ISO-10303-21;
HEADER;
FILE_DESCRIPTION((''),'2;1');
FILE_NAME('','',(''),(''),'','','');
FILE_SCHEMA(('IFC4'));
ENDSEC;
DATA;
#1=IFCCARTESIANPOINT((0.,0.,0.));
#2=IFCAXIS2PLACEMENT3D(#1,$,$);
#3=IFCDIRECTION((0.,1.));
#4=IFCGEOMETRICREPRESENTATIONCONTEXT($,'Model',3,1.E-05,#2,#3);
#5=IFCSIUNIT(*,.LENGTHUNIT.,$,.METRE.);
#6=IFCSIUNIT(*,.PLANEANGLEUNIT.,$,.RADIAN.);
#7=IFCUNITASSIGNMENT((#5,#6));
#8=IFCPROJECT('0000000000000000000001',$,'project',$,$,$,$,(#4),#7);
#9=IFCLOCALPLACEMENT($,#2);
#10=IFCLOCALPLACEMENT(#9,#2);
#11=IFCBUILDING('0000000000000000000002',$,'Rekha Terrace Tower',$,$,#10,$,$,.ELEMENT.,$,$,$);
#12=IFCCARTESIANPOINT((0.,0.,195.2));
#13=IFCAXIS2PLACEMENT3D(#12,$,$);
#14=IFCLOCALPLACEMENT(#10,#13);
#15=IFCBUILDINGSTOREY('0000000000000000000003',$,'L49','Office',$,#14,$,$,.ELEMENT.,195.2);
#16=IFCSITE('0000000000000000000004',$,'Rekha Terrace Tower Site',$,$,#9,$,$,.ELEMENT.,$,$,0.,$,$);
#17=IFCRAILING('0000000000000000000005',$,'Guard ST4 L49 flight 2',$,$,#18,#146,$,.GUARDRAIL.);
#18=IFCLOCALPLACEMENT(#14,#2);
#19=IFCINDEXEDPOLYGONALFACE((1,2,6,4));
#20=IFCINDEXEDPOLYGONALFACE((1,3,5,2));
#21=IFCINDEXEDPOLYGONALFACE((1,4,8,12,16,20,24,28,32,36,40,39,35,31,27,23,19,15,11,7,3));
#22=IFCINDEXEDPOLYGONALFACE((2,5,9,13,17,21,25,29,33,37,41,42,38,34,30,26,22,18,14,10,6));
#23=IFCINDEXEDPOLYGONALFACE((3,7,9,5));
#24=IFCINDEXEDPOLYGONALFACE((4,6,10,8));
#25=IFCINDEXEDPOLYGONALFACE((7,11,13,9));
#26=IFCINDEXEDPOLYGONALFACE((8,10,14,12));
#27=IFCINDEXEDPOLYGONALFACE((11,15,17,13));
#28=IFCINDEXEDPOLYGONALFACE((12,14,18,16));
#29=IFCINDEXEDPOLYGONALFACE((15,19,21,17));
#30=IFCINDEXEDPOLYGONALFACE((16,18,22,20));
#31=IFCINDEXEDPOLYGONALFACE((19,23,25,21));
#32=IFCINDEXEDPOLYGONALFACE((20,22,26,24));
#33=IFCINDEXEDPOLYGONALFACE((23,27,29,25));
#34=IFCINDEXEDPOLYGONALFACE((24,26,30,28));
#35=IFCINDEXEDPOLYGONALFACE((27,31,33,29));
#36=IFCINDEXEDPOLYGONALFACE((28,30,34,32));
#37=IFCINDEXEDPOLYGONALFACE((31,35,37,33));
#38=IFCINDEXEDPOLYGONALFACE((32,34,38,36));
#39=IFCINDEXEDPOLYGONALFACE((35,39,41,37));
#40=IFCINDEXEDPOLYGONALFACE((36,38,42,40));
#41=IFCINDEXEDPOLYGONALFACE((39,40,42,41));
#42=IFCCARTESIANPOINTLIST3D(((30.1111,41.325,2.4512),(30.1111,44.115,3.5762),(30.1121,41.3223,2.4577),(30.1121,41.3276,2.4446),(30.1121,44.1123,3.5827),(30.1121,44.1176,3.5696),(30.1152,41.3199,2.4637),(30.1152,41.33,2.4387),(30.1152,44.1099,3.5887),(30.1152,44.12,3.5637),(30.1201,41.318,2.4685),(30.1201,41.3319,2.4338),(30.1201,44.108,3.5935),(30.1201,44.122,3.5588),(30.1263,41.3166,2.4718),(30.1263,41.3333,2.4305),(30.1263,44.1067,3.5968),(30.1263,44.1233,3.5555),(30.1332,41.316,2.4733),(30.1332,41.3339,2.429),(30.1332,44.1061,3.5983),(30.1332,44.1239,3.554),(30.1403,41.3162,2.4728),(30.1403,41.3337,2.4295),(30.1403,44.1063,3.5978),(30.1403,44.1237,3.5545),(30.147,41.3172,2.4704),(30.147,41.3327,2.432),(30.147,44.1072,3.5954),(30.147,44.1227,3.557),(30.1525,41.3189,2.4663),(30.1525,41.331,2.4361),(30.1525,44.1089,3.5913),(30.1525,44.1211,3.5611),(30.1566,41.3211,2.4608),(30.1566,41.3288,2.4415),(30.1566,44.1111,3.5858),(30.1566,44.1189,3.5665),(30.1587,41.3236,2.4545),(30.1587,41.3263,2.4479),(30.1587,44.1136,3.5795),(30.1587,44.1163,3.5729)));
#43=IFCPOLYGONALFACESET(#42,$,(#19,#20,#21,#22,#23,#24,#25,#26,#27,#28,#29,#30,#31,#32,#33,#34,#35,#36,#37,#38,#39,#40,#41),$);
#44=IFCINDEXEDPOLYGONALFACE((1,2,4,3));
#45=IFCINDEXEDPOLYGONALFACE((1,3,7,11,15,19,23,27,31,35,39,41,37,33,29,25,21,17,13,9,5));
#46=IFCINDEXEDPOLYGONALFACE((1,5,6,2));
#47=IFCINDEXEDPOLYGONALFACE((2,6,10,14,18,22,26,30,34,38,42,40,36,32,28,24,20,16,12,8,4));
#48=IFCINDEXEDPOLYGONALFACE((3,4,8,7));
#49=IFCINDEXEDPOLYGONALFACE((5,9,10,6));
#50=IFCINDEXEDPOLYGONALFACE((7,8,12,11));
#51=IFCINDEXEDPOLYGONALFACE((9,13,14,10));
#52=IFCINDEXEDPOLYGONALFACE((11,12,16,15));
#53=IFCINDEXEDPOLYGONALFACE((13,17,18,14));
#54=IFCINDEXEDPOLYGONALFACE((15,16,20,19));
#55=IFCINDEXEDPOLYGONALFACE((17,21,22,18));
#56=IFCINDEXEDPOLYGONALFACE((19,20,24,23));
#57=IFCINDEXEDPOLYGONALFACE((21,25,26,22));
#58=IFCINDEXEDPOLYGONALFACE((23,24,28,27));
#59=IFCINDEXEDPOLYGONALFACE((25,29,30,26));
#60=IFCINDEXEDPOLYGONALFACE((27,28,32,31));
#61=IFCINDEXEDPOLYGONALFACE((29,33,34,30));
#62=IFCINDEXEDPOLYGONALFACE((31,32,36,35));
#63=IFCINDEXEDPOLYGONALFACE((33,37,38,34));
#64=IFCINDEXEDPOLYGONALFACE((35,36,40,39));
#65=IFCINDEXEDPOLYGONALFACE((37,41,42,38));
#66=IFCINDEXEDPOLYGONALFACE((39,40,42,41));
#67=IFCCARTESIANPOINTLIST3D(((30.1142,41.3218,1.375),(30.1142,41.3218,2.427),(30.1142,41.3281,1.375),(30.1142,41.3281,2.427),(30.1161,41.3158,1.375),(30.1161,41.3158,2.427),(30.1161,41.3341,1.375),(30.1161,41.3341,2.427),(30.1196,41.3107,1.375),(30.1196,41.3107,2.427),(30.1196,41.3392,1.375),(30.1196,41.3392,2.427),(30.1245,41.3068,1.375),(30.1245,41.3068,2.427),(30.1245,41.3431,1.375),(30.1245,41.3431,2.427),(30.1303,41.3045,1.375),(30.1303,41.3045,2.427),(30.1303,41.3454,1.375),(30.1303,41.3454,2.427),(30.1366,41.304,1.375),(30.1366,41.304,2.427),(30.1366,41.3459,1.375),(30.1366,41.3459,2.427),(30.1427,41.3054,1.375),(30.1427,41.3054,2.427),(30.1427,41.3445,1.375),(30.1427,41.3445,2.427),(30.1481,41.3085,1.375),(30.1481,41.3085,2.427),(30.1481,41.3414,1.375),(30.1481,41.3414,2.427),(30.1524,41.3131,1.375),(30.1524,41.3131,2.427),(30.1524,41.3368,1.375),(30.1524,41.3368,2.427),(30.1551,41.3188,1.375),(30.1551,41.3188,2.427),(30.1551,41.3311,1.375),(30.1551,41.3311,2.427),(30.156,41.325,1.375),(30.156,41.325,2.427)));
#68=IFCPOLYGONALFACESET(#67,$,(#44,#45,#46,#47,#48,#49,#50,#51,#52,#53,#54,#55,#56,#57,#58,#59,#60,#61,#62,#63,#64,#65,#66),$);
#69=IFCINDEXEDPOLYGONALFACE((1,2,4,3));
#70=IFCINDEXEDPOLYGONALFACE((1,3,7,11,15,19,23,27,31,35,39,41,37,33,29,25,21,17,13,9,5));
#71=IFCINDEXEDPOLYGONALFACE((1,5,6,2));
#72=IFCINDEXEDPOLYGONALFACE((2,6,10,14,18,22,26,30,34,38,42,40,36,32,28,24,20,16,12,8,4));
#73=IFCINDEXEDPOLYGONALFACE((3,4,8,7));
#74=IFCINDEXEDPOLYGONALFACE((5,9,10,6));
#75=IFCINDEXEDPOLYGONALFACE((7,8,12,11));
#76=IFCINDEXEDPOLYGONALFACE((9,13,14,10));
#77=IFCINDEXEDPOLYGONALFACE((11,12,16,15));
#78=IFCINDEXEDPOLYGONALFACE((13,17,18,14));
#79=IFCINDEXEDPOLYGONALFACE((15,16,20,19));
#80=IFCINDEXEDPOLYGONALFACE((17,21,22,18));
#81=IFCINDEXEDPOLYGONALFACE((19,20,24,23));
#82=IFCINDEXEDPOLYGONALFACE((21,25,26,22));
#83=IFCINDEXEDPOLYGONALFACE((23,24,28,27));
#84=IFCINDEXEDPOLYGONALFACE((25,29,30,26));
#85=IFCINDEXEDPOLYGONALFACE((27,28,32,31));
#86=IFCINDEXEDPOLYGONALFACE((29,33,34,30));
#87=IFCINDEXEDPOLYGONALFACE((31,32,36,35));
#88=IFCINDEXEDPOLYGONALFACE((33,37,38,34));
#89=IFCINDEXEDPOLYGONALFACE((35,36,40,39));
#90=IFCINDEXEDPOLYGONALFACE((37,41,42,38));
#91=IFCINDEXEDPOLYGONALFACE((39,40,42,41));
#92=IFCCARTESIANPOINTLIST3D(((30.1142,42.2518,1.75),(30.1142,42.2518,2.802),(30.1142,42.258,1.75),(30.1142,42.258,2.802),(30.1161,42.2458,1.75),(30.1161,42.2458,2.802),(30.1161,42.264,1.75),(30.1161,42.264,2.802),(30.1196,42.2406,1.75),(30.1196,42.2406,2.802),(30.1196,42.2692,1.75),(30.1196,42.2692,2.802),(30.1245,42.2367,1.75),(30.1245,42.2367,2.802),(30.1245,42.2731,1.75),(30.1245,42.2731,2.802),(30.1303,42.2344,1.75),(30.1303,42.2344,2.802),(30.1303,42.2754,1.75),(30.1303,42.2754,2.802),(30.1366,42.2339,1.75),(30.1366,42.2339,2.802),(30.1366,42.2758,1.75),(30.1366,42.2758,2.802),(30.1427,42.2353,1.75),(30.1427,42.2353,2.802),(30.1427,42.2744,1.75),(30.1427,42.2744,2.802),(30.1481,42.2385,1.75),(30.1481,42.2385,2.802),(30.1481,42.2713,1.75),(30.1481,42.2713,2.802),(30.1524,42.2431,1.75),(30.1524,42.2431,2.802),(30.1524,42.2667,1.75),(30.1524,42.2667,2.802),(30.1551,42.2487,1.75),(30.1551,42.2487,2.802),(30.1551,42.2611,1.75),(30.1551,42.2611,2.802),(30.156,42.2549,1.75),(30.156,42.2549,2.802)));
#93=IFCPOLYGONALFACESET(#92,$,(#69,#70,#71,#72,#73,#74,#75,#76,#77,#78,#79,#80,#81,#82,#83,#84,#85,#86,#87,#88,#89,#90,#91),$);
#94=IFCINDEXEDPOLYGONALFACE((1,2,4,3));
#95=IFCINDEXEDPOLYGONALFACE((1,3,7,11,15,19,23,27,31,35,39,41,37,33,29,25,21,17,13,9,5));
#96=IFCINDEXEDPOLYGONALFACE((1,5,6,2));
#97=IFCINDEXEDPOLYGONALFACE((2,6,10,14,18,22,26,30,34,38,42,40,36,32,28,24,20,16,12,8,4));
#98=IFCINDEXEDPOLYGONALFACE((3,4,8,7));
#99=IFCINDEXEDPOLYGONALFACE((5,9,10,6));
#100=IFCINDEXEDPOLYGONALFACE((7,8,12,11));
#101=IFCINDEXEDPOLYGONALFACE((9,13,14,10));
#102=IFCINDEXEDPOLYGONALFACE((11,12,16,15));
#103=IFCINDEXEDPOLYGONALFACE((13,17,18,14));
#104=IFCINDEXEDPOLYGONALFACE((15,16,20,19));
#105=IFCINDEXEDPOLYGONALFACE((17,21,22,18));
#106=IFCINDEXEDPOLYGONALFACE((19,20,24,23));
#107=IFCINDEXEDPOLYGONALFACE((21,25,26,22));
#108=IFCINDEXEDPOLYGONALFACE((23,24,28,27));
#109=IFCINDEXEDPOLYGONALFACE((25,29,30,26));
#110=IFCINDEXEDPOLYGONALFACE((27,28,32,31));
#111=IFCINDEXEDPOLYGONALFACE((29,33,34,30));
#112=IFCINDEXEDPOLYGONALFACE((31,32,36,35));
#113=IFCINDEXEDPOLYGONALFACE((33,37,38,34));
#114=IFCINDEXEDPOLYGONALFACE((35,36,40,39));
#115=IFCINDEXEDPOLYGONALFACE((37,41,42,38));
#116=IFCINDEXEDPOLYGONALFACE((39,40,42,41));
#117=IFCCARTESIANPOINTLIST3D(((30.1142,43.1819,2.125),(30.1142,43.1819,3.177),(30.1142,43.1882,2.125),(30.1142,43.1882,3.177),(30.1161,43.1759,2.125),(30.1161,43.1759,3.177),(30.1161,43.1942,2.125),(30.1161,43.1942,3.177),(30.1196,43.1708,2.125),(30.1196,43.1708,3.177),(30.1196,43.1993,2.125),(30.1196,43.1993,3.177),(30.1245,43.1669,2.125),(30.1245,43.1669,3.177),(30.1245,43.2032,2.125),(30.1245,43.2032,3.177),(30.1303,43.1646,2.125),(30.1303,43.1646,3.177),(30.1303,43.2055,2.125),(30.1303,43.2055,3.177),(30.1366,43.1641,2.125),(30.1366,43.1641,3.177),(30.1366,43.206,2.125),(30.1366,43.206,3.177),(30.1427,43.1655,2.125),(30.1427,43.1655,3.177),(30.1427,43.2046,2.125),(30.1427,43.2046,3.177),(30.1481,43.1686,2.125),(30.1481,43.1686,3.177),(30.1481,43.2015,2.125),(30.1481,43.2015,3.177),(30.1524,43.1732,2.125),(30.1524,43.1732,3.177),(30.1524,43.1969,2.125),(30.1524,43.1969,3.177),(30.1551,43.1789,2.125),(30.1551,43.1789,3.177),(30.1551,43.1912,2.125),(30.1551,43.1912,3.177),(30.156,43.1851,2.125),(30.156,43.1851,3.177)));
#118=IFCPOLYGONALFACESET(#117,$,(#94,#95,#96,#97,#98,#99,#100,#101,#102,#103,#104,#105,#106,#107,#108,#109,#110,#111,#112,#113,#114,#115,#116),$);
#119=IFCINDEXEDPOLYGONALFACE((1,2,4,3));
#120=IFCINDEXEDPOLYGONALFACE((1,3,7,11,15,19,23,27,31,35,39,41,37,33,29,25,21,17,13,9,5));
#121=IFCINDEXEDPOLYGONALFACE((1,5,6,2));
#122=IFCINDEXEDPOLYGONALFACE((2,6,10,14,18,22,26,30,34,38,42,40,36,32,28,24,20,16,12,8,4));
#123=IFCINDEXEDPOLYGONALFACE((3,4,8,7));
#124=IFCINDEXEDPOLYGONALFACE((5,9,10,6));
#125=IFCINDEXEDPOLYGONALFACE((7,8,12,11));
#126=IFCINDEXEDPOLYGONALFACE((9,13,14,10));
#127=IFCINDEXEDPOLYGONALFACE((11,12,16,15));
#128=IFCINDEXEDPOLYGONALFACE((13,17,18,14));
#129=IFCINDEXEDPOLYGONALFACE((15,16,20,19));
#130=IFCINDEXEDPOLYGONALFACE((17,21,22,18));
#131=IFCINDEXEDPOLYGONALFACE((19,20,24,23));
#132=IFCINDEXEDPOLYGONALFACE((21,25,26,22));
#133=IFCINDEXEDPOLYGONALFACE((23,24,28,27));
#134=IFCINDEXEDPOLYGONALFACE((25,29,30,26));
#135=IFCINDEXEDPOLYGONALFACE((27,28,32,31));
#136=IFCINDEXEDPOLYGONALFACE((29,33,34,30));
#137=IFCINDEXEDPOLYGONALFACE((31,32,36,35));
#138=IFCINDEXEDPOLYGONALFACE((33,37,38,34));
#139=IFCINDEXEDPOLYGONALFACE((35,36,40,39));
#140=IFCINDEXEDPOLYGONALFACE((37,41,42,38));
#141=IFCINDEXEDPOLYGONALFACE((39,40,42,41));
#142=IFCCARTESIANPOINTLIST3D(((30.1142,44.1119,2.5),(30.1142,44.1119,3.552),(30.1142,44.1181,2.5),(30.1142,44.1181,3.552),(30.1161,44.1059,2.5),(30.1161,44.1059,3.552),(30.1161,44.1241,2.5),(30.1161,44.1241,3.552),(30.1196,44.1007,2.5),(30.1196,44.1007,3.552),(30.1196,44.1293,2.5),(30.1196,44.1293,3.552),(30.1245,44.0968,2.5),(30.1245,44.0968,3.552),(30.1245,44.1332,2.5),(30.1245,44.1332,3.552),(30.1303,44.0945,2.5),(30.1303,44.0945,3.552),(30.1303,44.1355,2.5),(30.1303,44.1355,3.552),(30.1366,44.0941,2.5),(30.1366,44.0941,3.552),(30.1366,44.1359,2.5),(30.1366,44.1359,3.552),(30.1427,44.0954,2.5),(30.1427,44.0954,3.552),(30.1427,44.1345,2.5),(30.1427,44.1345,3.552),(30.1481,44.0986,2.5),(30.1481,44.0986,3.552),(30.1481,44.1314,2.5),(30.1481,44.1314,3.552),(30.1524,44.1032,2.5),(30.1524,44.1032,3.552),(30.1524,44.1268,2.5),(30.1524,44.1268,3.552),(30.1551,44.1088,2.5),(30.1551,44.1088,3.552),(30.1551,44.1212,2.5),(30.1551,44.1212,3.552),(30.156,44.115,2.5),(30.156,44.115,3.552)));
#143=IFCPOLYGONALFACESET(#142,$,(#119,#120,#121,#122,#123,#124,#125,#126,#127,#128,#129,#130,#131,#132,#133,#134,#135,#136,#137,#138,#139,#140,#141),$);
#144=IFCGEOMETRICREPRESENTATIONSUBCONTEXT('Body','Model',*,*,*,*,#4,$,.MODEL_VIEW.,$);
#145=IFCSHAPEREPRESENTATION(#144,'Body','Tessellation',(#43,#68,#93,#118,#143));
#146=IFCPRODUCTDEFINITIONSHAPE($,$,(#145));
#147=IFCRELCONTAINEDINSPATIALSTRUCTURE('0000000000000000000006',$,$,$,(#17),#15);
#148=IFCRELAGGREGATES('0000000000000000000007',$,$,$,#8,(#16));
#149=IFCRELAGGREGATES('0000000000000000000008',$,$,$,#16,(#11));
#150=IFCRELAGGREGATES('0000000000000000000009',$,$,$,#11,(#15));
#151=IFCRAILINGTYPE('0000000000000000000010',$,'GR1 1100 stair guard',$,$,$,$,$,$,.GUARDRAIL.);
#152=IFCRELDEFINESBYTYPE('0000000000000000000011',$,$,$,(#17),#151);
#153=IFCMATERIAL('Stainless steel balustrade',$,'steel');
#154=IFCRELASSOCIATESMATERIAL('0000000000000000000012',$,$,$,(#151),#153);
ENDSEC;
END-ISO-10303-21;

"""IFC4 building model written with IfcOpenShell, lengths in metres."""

from ifc_helpers import new_model, si_unit, direction, frame, origin, origin_2d, place, context, subcontext, project, spatial, circle, extrude, material, type_object, element, save


model = new_model("IFC4")

# Units and contexts
model_context = context("Model", 3, precision=1e-05, world=origin(), true_north=direction((0.0, 1.0)))
body_context = subcontext(model_context, "Body", "Model", "MODEL_VIEW")
ifc_project = project(units=[si_unit("LENGTHUNIT", "METRE"), si_unit("PLANEANGLEUNIT", "RADIAN")], contexts=[model_context])

# Site, building, storey
site_placement = place(None, origin())
site = spatial("IfcSite", under=ifc_project, at=site_placement, Name="Rekha Terrace Tower Site", CompositionType="ELEMENT", RefElevation=0.0)
building_placement = place(site_placement, origin())
building = spatial("IfcBuilding", under=site, at=building_placement, Name="Rekha Terrace Tower", CompositionType="ELEMENT")
storey_placement = place(building_placement, frame((0.0, 0.0, 195.2)))
storey = spatial("IfcBuildingStorey", under=building, at=storey_placement, Name="L49", Description="Office", CompositionType="ELEMENT", Elevation=195.2)

# Railing
ifc_material_1 = material(Name="Stainless steel balustrade", Category="steel")
railing_type_1 = type_object("IfcRailingType", Name="GR1 1100 stair guard", PredefinedType="GUARDRAIL", material=ifc_material_1)
railing_1_placement = place(storey_placement, frame((30.135, 41.325, 1.375)))
element("IfcRailing", 1, at=railing_1_placement, inside=storey, type_object=railing_type_1, Name="Guard ST4 L49 flight 2", PredefinedType="GUARDRAIL", context=body_context, shape_type="SweptSolid", body=[
    extrude(circle(Radius=0.0239, at=origin_2d()), frame((0.0, 0.0, 1.0762), z_axis=(0.0, 0.927443, 0.373964), x_axis=(-1.0, 0.0, 0.0)), (0.0, 0.0, 1.0), 3.0083),
    extrude(circle(Radius=0.021, at=origin_2d()), origin(), (0.0, 0.0, 1.0), 1.052),
    extrude(circle(Radius=0.021, at=origin_2d()), frame((0.0, 0.9299, 0.375)), (0.0, 0.0, 1.0), 1.052),
    extrude(circle(Radius=0.021, at=origin_2d()), frame((0.0, 1.8601, 0.75)), (0.0, 0.0, 1.0), 1.052),
    extrude(circle(Radius=0.021, at=origin_2d()), frame((0.0, 2.79, 1.125)), (0.0, 0.0, 1.0), 1.052),
])

save(model, "model.ifc")
